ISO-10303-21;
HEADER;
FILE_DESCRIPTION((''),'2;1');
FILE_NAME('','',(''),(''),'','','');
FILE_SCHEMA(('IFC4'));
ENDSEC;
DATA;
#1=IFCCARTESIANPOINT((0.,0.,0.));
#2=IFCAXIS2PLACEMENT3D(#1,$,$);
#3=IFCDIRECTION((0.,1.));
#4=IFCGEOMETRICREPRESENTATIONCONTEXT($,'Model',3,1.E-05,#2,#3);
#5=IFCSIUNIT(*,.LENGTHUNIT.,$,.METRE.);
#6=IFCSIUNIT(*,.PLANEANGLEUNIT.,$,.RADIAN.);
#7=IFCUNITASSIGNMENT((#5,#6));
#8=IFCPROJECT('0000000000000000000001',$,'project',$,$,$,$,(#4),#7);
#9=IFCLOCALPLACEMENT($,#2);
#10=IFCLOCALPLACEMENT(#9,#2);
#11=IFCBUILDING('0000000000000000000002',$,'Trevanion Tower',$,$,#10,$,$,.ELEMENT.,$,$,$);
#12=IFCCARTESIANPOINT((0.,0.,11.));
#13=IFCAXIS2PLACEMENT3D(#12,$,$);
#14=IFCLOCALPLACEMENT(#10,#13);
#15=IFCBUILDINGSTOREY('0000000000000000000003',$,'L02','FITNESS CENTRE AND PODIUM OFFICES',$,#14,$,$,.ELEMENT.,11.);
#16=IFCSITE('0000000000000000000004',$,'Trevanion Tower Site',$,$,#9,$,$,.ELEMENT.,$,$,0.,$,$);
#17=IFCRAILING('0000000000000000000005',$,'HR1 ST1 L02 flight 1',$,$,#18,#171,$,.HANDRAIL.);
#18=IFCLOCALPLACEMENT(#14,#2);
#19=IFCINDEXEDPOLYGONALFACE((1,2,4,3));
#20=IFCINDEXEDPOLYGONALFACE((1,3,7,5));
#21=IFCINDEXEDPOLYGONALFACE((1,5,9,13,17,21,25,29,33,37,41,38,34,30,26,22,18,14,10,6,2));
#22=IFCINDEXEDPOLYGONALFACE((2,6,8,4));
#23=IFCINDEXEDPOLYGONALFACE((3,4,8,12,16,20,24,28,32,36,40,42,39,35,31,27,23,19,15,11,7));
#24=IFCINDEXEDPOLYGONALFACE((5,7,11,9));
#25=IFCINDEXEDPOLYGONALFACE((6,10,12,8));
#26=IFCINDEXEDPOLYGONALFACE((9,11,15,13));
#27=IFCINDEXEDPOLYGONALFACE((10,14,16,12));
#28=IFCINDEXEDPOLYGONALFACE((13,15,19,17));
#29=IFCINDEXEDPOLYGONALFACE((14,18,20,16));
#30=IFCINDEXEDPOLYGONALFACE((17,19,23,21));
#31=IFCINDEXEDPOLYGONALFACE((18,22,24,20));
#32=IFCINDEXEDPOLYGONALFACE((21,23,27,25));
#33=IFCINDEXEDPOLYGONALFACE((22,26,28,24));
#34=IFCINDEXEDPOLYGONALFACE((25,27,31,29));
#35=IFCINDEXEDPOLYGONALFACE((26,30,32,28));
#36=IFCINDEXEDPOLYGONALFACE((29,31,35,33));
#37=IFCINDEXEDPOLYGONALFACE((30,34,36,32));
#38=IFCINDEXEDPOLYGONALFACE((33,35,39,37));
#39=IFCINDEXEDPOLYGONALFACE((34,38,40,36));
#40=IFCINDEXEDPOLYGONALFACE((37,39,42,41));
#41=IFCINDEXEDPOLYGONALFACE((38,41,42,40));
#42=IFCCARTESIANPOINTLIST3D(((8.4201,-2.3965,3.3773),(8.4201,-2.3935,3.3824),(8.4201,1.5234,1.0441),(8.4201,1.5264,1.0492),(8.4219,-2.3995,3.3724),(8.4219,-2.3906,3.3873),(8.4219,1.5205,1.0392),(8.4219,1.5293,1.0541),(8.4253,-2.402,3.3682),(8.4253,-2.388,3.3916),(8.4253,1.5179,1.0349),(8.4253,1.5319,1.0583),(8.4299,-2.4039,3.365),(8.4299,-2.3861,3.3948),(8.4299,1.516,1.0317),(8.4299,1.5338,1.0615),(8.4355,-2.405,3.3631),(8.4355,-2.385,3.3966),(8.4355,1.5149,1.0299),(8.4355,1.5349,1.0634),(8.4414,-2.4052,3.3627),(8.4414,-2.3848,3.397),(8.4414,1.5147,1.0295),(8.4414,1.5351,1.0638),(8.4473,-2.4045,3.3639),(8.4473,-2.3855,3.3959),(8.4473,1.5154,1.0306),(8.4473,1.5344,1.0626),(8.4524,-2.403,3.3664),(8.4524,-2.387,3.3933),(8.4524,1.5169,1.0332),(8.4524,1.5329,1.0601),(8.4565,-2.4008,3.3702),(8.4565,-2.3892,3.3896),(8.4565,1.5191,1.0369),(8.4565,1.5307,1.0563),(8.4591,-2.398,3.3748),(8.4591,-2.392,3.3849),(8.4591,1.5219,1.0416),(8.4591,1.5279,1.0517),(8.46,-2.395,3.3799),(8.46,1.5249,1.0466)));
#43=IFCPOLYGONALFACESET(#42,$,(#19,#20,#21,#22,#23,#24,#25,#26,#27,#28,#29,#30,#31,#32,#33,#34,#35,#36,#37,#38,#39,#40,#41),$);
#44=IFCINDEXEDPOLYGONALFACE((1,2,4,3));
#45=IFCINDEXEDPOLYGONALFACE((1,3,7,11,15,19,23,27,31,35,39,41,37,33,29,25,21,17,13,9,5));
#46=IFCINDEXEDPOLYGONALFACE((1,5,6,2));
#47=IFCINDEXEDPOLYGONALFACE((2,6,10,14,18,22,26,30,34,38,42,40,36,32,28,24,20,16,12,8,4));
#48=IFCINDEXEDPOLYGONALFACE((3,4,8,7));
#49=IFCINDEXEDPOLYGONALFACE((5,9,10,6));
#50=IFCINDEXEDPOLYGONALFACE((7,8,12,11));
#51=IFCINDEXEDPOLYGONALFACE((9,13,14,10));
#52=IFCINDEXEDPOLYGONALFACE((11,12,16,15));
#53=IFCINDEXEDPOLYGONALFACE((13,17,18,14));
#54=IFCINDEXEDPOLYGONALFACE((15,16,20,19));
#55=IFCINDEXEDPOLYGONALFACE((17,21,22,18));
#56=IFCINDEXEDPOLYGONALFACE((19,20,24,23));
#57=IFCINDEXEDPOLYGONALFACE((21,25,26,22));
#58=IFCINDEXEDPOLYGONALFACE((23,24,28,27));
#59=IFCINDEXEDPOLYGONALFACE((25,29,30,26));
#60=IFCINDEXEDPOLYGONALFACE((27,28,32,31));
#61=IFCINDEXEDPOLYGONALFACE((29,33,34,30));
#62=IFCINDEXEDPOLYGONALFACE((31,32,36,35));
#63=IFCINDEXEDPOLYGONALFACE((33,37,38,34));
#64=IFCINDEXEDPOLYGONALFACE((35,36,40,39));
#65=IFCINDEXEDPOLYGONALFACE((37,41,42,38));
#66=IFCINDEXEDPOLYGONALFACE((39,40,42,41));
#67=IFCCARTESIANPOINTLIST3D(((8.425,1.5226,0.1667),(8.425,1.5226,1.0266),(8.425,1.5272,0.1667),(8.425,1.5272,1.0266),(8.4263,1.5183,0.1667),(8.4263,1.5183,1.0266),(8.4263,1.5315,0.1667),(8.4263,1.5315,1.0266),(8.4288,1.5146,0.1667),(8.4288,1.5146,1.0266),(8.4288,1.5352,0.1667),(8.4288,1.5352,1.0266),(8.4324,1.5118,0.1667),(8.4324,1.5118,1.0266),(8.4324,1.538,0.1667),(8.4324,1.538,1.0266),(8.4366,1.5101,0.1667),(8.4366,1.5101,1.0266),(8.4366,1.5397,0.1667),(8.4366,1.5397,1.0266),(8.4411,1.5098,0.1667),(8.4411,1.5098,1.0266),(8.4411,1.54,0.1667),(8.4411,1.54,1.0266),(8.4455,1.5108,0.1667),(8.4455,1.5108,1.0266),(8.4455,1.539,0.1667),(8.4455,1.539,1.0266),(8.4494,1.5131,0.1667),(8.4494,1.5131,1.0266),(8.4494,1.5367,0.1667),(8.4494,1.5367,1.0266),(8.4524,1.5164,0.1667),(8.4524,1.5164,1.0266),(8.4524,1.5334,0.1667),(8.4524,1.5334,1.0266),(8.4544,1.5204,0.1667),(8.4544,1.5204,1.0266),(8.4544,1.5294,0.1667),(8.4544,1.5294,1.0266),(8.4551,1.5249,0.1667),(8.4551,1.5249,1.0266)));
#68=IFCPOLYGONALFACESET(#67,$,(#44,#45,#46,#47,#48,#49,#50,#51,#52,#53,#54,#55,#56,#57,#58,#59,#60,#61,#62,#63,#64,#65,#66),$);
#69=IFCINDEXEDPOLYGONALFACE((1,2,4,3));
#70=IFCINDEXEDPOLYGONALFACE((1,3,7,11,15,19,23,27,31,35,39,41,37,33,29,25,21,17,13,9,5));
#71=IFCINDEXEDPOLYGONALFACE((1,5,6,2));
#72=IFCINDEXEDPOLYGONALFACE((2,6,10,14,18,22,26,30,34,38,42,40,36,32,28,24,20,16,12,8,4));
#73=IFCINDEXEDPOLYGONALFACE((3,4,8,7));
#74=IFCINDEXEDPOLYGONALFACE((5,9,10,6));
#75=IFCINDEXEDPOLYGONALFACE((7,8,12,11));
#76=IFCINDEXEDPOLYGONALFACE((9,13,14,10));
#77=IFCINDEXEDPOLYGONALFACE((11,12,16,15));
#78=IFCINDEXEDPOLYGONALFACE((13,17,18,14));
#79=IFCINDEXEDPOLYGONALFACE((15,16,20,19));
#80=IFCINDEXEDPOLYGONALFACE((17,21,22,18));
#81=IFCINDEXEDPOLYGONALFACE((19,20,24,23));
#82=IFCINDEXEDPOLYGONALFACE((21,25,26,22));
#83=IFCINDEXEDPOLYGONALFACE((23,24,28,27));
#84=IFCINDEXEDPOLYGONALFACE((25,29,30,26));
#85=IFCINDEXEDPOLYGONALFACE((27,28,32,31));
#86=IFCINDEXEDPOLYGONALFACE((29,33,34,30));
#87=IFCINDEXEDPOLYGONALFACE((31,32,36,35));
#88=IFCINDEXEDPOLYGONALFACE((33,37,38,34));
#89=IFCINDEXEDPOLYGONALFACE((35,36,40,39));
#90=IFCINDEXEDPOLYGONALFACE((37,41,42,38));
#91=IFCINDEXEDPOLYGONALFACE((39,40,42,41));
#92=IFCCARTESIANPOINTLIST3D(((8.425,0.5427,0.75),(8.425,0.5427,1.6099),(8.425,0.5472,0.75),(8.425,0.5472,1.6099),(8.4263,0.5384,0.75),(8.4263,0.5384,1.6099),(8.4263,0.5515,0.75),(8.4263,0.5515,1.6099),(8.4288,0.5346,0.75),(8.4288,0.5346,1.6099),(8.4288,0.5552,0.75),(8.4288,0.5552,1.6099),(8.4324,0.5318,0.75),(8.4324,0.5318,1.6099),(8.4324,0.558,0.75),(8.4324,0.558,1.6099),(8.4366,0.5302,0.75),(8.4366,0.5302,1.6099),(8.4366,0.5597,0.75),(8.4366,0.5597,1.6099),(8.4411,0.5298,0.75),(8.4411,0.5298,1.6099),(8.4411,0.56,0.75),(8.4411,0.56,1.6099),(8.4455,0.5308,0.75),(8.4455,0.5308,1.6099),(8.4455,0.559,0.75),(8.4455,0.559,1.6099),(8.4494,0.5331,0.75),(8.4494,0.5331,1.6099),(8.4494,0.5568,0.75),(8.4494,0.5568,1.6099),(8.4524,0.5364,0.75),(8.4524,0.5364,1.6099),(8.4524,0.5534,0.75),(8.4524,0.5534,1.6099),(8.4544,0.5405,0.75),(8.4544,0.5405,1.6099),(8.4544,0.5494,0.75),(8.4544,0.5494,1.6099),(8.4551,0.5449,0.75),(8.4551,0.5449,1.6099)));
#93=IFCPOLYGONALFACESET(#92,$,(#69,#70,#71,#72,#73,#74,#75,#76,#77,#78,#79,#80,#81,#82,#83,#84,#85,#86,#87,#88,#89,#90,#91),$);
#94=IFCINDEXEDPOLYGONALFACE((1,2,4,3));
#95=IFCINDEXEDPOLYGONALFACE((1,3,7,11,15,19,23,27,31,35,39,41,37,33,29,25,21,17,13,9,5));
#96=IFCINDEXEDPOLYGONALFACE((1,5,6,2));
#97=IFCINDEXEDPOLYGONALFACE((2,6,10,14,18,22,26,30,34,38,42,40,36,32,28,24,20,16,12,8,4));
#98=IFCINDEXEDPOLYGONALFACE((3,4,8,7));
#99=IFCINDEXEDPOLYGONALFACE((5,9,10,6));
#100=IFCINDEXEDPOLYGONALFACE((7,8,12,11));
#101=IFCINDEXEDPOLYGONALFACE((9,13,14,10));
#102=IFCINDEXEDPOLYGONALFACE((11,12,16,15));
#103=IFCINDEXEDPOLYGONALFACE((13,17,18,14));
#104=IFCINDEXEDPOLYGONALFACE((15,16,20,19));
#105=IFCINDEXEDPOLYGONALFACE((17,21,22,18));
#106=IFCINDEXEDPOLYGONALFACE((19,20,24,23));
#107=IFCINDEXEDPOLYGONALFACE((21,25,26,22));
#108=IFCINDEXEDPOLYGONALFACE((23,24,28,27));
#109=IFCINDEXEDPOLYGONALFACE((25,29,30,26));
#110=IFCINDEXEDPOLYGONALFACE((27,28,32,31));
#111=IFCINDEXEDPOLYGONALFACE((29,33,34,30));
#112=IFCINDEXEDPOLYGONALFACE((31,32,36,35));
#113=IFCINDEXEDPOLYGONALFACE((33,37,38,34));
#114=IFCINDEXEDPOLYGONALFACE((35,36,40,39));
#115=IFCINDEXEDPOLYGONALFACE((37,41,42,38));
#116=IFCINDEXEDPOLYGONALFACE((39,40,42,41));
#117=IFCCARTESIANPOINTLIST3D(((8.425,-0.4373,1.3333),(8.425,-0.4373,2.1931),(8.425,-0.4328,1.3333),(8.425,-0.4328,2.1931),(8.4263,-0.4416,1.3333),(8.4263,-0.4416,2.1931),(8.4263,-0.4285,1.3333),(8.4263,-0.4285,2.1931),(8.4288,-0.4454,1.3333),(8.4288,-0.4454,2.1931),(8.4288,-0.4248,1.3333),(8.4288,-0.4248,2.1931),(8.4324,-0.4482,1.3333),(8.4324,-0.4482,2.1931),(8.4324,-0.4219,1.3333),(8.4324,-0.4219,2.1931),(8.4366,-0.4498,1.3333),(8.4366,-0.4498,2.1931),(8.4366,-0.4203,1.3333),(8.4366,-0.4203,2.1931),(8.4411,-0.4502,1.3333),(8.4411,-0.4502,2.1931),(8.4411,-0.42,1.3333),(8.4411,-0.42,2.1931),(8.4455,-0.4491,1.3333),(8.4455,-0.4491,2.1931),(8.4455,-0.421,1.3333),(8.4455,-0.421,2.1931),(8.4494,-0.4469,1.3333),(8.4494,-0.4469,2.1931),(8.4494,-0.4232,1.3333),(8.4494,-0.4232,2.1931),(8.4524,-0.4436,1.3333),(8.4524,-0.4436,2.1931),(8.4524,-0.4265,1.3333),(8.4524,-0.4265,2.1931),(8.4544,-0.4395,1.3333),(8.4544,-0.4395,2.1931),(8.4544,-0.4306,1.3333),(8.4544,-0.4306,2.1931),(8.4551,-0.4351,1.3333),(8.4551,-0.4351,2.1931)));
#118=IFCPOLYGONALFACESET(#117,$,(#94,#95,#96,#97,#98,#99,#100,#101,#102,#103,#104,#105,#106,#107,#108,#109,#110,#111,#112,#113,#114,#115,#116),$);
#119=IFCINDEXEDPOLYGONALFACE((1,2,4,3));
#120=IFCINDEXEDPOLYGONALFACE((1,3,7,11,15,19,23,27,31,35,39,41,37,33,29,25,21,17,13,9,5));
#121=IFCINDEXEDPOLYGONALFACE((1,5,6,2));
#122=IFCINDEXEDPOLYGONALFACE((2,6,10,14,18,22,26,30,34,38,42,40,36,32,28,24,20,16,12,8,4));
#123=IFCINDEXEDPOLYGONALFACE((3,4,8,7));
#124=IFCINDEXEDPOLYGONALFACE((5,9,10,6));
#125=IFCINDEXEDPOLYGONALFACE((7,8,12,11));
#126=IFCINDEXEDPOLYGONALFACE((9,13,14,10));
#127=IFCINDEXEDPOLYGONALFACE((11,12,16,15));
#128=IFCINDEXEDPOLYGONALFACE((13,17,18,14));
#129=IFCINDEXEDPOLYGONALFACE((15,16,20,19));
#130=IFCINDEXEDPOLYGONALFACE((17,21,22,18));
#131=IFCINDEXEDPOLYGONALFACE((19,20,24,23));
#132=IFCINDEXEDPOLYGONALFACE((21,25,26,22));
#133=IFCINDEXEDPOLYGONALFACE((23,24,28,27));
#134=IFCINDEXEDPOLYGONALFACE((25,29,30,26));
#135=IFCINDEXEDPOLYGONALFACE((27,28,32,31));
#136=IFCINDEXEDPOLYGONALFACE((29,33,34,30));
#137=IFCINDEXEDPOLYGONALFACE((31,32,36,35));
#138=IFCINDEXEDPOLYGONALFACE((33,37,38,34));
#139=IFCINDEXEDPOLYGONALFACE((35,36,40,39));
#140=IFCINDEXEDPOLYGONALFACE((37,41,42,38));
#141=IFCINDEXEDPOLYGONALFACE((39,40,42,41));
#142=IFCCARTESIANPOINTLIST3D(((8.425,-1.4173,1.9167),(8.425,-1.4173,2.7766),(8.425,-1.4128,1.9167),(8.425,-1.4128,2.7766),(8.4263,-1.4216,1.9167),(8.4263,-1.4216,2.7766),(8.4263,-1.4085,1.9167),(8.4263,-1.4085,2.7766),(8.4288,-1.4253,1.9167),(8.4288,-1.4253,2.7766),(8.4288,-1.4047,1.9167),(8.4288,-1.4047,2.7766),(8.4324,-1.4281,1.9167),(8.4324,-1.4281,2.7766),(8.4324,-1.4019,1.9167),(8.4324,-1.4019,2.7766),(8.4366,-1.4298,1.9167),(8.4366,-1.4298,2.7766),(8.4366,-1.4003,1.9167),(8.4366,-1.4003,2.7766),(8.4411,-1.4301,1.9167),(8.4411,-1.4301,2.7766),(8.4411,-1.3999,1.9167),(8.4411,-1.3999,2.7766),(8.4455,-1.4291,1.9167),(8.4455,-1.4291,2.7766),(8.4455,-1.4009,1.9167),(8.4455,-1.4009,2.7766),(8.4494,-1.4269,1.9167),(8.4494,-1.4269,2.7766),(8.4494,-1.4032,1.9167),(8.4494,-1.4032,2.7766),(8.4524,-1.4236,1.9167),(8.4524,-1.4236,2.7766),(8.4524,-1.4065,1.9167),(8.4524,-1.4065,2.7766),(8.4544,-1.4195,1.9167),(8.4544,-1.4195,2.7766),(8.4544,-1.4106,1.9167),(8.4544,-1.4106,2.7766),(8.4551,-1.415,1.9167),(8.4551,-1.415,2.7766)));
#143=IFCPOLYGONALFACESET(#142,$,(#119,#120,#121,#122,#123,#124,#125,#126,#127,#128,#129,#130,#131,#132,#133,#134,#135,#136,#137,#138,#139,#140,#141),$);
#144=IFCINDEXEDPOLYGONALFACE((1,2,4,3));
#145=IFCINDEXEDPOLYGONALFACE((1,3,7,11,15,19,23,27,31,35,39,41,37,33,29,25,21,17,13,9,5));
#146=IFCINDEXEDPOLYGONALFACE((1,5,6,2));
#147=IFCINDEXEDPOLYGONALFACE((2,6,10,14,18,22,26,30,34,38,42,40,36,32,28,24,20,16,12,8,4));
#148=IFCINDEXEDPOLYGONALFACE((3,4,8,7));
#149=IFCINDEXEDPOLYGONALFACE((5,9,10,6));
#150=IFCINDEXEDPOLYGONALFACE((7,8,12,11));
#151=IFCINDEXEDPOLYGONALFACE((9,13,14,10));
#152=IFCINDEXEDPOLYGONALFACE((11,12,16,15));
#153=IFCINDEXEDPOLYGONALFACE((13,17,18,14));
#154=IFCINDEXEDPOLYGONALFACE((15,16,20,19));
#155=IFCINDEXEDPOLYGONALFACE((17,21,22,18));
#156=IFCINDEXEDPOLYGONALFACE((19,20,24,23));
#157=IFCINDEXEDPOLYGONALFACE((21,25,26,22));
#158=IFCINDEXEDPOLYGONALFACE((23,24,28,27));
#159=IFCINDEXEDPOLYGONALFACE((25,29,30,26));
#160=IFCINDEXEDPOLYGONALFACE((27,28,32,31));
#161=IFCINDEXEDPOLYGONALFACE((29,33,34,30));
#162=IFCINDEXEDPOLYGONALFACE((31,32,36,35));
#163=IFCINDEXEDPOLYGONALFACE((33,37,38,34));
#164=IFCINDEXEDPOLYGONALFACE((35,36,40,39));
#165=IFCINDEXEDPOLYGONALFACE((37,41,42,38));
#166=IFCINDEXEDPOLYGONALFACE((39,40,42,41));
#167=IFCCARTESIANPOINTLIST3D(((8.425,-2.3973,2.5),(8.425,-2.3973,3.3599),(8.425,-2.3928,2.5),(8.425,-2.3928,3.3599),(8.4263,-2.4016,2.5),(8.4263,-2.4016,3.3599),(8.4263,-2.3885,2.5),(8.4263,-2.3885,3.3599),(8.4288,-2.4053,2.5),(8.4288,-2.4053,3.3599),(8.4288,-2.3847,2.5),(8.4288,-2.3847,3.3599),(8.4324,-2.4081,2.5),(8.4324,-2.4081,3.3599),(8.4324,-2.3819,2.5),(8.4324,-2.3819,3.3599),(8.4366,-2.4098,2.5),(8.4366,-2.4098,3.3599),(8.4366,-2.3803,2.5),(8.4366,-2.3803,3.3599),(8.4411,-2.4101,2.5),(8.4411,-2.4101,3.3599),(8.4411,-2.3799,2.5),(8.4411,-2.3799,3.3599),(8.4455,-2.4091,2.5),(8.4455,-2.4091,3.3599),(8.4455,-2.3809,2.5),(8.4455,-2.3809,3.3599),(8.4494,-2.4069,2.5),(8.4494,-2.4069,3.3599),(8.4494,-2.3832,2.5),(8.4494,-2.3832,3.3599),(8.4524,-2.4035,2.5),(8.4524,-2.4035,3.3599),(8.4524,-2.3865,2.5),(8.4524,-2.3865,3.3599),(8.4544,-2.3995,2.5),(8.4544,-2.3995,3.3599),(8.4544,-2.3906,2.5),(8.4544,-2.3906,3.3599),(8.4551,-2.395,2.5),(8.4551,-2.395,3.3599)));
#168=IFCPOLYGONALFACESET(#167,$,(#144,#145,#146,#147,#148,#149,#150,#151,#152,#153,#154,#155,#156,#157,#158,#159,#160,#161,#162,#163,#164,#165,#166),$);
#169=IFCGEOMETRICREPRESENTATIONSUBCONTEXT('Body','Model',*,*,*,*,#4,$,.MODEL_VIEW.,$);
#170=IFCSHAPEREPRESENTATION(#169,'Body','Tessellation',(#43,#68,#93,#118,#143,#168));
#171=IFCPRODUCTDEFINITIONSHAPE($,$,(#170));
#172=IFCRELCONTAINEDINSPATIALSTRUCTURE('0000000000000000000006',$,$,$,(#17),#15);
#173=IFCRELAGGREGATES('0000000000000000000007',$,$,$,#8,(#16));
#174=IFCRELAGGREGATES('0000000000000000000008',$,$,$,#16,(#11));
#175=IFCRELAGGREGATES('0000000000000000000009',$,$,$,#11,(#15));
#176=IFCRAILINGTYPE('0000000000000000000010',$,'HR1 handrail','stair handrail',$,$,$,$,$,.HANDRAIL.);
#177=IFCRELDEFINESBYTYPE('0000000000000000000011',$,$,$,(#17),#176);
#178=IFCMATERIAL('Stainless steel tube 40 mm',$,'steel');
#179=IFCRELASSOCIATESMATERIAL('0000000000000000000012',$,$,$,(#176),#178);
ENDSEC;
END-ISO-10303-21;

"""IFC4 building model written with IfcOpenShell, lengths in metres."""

from ifc_helpers import new_model, si_unit, direction, frame, origin, origin_2d, place, context, subcontext, project, spatial, circle, extrude, material, type_object, element, save


model = new_model("IFC4")

# Units and contexts
model_context = context("Model", 3, precision=1e-05, world=origin(), true_north=direction((0.0, 1.0)))
body_context = subcontext(model_context, "Body", "Model", "MODEL_VIEW")
ifc_project = project(units=[si_unit("LENGTHUNIT", "METRE"), si_unit("PLANEANGLEUNIT", "RADIAN")], contexts=[model_context])

# Site, building, storey
site_placement = place(None, origin())
site = spatial("IfcSite", under=ifc_project, at=site_placement, Name="Trevanion Tower Site", CompositionType="ELEMENT", RefElevation=0.0)
building_placement = place(site_placement, origin())
building = spatial("IfcBuilding", under=site, at=building_placement, Name="Trevanion Tower", CompositionType="ELEMENT")
storey_placement = place(building_placement, frame((0.0, 0.0, 11.0)))
storey = spatial("IfcBuildingStorey", under=building, at=storey_placement, Name="L02", Description="FITNESS CENTRE AND PODIUM OFFICES", CompositionType="ELEMENT", Elevation=11.0)

# Railing
ifc_material_1 = material(Name="Stainless steel tube 40 mm", Category="steel")
railing_type_1 = type_object("IfcRailingType", Name="HR1 handrail", Description="stair handrail", PredefinedType="HANDRAIL", material=ifc_material_1)
railing_1_placement = place(storey_placement, frame((8.4399, 1.5249, 0.1667)))
element("IfcRailing", 1, at=railing_1_placement, inside=storey, type_object=railing_type_1, Name="HR1 ST1 L02 flight 1", PredefinedType="HANDRAIL", context=body_context, shape_type="SweptSolid", body=[
    extrude(circle(Radius=0.02, at=origin_2d()), frame((0.0, 0.0, 0.8799), z_axis=(0.0, -0.859296, 0.511478), x_axis=(1.0, 0.0, 0.0)), (0.0, 0.0, 1.0), 4.5618),
    extrude(circle(Radius=0.0151, at=origin_2d()), origin(), (0.0, 0.0, 1.0), 0.8599),
    extrude(circle(Radius=0.0151, at=origin_2d()), frame((0.0, -0.98, 0.5833)), (0.0, 0.0, 1.0), 0.8599),
    extrude(circle(Radius=0.0151, at=origin_2d()), frame((0.0, -1.96, 1.1665)), (0.0, 0.0, 1.0), 0.8599),
    extrude(circle(Radius=0.0151, at=origin_2d()), frame((0.0, -2.9399, 1.75)), (0.0, 0.0, 1.0), 0.8599),
    extrude(circle(Radius=0.0151, at=origin_2d()), frame((0.0, -3.9199, 2.3333)), (0.0, 0.0, 1.0), 0.8599),
])

save(model, "model.ifc")
